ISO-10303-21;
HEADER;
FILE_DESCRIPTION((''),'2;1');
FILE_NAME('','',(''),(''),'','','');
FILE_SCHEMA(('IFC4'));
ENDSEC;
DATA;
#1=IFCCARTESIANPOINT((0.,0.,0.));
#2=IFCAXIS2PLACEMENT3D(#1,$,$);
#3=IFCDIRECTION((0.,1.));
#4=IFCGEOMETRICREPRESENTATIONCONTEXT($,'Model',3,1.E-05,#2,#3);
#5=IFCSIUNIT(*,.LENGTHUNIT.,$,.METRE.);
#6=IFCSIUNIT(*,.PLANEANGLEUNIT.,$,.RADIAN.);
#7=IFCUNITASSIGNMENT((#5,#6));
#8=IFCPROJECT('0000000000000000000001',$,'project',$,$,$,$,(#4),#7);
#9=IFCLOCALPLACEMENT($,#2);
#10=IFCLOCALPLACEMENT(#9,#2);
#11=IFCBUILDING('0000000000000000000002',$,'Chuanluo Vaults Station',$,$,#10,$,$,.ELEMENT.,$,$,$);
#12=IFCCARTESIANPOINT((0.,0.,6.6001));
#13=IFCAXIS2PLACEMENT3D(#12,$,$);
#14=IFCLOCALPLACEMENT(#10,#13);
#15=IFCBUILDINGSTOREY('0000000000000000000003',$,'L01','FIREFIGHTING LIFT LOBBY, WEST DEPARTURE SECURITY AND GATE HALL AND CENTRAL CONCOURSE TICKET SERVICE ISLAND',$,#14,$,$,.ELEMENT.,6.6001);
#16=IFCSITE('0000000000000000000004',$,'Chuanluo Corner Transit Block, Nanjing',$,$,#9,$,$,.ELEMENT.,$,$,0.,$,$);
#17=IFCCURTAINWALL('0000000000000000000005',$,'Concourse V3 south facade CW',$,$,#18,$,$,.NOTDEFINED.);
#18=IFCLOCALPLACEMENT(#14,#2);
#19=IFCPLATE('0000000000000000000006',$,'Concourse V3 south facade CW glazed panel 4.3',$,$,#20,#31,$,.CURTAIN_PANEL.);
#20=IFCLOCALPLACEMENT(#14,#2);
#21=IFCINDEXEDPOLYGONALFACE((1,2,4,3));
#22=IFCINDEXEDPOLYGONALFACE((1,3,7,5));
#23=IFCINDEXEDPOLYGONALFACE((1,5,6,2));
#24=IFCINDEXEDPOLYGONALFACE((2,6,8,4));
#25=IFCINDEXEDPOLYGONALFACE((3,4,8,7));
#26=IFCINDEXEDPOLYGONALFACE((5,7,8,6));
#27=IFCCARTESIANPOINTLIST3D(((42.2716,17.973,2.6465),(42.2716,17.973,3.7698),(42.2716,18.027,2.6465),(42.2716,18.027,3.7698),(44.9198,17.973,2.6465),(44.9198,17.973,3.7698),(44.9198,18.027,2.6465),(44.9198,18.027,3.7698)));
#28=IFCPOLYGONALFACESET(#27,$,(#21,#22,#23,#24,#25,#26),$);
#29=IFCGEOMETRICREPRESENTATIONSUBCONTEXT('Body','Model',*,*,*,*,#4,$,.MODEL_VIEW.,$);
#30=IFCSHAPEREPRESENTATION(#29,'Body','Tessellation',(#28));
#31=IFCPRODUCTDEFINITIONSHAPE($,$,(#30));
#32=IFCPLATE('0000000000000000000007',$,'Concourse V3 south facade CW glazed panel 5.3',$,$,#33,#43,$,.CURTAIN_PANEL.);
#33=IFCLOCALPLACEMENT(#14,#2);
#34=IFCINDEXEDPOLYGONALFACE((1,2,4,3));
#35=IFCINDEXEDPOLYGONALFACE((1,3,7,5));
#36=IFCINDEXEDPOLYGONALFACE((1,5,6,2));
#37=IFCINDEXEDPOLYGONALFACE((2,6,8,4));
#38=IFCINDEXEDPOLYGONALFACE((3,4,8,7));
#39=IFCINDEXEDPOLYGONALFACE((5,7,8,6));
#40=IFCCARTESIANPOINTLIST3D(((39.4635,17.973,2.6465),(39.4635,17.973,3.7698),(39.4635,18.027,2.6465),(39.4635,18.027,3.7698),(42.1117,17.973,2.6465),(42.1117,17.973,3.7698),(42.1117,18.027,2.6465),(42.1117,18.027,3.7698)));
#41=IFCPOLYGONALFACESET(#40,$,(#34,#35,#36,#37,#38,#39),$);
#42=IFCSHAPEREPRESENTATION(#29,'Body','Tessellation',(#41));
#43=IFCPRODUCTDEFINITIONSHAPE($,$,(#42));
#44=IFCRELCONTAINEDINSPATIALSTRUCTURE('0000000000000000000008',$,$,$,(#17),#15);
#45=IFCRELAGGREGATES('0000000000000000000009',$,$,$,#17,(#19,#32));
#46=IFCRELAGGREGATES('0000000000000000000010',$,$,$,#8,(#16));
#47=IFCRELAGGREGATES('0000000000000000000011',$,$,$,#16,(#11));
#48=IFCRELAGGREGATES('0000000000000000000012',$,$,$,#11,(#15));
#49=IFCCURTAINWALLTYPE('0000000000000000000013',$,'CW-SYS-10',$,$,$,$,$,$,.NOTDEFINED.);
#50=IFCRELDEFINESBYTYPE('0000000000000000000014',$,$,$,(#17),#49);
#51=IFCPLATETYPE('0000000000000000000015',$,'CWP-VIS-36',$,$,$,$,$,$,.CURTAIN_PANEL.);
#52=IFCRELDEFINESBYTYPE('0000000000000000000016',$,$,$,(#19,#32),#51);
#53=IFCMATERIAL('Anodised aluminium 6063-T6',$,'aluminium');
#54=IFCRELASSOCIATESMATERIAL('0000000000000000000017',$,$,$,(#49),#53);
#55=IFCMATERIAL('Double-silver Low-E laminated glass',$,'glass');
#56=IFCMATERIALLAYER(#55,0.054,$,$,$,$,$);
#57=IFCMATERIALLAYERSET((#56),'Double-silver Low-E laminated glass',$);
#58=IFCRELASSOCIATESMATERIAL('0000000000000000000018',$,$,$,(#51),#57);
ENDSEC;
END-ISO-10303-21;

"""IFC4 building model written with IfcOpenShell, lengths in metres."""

from ifc_helpers import new_model, si_unit, direction, frame, origin, origin_2d, place, context, subcontext, project, spatial, rectangle, extrude, material, layer, layer_set, type_object, element, aggregate, save


model = new_model("IFC4")

# Units and contexts
model_context = context("Model", 3, precision=1e-05, world=origin(), true_north=direction((0.0, 1.0)))
body_context = subcontext(model_context, "Body", "Model", "MODEL_VIEW")
ifc_project = project(units=[si_unit("LENGTHUNIT", "METRE"), si_unit("PLANEANGLEUNIT", "RADIAN")], contexts=[model_context])

# Site, building, storey
site_placement = place(None, origin())
site = spatial("IfcSite", under=ifc_project, at=site_placement, Name="Chuanluo Corner Transit Block, Nanjing", CompositionType="ELEMENT", RefElevation=0.0)
building_placement = place(site_placement, origin())
building = spatial("IfcBuilding", under=site, at=building_placement, Name="Chuanluo Vaults Station", CompositionType="ELEMENT")
storey_placement = place(building_placement, frame((0.0, 0.0, 6.6001)))
storey = spatial("IfcBuildingStorey", under=building, at=storey_placement, Name="L01", Description="FIREFIGHTING LIFT LOBBY, WEST DEPARTURE SECURITY AND GATE HALL AND CENTRAL CONCOURSE TICKET SERVICE ISLAND", CompositionType="ELEMENT", Elevation=6.6001)

# Curtain wall
ifc_material_1 = material(Name="Anodised aluminium 6063-T6", Category="aluminium")
curtain_wall_type = type_object("IfcCurtainWallType", Name="CW-SYS-10", PredefinedType="NOTDEFINED", material=ifc_material_1)
curtain_wall_placement = place(storey_placement, origin())
curtain_wall = element("IfcCurtainWall", 1, at=curtain_wall_placement, inside=storey, type_object=curtain_wall_type, Name="Concourse V3 south facade CW", PredefinedType="NOTDEFINED")

# Plates
ifc_material_2 = material(Name="Double-silver Low-E laminated glass", Category="glass")
ifc_layer_1 = layer(ifc_material_2, 0.054)
ifc_layer_set_1 = layer_set([ifc_layer_1], Name="Double-silver Low-E laminated glass")
plate_type_1 = type_object("IfcPlateType", Name="CWP-VIS-36", PredefinedType="CURTAIN_PANEL", material=ifc_layer_set_1)
plate_1_placement = place(storey_placement, frame((43.5957, 18.0, 2.6465), z_axis=(0.0, 0.0, 1.0), x_axis=(-1.0, 0.0, 0.0)))
plate_1 = element("IfcPlate", 2, at=plate_1_placement, type_object=plate_type_1, Name="Concourse V3 south facade CW glazed panel 4.3", PredefinedType="CURTAIN_PANEL", context=body_context, shape_type="SweptSolid", body=[
    extrude(rectangle(XDim=2.6482, YDim=0.054, at=origin_2d()), origin(), (0.0, 0.0, 1.0), 1.1233),
])
plate_2_placement = place(storey_placement, frame((40.7876, 18.0, 2.6465), z_axis=(0.0, 0.0, 1.0), x_axis=(-1.0, 0.0, 0.0)))
plate_2 = element("IfcPlate", 3, at=plate_2_placement, type_object=plate_type_1, Name="Concourse V3 south facade CW glazed panel 5.3", PredefinedType="CURTAIN_PANEL", context=body_context, shape_type="SweptSolid", body=[
    extrude(rectangle(XDim=2.6482, YDim=0.054, at=origin_2d()), origin(), (0.0, 0.0, 1.0), 1.1233),
])
aggregate(curtain_wall, [plate_1, plate_2])

save(model, "model.ifc")
